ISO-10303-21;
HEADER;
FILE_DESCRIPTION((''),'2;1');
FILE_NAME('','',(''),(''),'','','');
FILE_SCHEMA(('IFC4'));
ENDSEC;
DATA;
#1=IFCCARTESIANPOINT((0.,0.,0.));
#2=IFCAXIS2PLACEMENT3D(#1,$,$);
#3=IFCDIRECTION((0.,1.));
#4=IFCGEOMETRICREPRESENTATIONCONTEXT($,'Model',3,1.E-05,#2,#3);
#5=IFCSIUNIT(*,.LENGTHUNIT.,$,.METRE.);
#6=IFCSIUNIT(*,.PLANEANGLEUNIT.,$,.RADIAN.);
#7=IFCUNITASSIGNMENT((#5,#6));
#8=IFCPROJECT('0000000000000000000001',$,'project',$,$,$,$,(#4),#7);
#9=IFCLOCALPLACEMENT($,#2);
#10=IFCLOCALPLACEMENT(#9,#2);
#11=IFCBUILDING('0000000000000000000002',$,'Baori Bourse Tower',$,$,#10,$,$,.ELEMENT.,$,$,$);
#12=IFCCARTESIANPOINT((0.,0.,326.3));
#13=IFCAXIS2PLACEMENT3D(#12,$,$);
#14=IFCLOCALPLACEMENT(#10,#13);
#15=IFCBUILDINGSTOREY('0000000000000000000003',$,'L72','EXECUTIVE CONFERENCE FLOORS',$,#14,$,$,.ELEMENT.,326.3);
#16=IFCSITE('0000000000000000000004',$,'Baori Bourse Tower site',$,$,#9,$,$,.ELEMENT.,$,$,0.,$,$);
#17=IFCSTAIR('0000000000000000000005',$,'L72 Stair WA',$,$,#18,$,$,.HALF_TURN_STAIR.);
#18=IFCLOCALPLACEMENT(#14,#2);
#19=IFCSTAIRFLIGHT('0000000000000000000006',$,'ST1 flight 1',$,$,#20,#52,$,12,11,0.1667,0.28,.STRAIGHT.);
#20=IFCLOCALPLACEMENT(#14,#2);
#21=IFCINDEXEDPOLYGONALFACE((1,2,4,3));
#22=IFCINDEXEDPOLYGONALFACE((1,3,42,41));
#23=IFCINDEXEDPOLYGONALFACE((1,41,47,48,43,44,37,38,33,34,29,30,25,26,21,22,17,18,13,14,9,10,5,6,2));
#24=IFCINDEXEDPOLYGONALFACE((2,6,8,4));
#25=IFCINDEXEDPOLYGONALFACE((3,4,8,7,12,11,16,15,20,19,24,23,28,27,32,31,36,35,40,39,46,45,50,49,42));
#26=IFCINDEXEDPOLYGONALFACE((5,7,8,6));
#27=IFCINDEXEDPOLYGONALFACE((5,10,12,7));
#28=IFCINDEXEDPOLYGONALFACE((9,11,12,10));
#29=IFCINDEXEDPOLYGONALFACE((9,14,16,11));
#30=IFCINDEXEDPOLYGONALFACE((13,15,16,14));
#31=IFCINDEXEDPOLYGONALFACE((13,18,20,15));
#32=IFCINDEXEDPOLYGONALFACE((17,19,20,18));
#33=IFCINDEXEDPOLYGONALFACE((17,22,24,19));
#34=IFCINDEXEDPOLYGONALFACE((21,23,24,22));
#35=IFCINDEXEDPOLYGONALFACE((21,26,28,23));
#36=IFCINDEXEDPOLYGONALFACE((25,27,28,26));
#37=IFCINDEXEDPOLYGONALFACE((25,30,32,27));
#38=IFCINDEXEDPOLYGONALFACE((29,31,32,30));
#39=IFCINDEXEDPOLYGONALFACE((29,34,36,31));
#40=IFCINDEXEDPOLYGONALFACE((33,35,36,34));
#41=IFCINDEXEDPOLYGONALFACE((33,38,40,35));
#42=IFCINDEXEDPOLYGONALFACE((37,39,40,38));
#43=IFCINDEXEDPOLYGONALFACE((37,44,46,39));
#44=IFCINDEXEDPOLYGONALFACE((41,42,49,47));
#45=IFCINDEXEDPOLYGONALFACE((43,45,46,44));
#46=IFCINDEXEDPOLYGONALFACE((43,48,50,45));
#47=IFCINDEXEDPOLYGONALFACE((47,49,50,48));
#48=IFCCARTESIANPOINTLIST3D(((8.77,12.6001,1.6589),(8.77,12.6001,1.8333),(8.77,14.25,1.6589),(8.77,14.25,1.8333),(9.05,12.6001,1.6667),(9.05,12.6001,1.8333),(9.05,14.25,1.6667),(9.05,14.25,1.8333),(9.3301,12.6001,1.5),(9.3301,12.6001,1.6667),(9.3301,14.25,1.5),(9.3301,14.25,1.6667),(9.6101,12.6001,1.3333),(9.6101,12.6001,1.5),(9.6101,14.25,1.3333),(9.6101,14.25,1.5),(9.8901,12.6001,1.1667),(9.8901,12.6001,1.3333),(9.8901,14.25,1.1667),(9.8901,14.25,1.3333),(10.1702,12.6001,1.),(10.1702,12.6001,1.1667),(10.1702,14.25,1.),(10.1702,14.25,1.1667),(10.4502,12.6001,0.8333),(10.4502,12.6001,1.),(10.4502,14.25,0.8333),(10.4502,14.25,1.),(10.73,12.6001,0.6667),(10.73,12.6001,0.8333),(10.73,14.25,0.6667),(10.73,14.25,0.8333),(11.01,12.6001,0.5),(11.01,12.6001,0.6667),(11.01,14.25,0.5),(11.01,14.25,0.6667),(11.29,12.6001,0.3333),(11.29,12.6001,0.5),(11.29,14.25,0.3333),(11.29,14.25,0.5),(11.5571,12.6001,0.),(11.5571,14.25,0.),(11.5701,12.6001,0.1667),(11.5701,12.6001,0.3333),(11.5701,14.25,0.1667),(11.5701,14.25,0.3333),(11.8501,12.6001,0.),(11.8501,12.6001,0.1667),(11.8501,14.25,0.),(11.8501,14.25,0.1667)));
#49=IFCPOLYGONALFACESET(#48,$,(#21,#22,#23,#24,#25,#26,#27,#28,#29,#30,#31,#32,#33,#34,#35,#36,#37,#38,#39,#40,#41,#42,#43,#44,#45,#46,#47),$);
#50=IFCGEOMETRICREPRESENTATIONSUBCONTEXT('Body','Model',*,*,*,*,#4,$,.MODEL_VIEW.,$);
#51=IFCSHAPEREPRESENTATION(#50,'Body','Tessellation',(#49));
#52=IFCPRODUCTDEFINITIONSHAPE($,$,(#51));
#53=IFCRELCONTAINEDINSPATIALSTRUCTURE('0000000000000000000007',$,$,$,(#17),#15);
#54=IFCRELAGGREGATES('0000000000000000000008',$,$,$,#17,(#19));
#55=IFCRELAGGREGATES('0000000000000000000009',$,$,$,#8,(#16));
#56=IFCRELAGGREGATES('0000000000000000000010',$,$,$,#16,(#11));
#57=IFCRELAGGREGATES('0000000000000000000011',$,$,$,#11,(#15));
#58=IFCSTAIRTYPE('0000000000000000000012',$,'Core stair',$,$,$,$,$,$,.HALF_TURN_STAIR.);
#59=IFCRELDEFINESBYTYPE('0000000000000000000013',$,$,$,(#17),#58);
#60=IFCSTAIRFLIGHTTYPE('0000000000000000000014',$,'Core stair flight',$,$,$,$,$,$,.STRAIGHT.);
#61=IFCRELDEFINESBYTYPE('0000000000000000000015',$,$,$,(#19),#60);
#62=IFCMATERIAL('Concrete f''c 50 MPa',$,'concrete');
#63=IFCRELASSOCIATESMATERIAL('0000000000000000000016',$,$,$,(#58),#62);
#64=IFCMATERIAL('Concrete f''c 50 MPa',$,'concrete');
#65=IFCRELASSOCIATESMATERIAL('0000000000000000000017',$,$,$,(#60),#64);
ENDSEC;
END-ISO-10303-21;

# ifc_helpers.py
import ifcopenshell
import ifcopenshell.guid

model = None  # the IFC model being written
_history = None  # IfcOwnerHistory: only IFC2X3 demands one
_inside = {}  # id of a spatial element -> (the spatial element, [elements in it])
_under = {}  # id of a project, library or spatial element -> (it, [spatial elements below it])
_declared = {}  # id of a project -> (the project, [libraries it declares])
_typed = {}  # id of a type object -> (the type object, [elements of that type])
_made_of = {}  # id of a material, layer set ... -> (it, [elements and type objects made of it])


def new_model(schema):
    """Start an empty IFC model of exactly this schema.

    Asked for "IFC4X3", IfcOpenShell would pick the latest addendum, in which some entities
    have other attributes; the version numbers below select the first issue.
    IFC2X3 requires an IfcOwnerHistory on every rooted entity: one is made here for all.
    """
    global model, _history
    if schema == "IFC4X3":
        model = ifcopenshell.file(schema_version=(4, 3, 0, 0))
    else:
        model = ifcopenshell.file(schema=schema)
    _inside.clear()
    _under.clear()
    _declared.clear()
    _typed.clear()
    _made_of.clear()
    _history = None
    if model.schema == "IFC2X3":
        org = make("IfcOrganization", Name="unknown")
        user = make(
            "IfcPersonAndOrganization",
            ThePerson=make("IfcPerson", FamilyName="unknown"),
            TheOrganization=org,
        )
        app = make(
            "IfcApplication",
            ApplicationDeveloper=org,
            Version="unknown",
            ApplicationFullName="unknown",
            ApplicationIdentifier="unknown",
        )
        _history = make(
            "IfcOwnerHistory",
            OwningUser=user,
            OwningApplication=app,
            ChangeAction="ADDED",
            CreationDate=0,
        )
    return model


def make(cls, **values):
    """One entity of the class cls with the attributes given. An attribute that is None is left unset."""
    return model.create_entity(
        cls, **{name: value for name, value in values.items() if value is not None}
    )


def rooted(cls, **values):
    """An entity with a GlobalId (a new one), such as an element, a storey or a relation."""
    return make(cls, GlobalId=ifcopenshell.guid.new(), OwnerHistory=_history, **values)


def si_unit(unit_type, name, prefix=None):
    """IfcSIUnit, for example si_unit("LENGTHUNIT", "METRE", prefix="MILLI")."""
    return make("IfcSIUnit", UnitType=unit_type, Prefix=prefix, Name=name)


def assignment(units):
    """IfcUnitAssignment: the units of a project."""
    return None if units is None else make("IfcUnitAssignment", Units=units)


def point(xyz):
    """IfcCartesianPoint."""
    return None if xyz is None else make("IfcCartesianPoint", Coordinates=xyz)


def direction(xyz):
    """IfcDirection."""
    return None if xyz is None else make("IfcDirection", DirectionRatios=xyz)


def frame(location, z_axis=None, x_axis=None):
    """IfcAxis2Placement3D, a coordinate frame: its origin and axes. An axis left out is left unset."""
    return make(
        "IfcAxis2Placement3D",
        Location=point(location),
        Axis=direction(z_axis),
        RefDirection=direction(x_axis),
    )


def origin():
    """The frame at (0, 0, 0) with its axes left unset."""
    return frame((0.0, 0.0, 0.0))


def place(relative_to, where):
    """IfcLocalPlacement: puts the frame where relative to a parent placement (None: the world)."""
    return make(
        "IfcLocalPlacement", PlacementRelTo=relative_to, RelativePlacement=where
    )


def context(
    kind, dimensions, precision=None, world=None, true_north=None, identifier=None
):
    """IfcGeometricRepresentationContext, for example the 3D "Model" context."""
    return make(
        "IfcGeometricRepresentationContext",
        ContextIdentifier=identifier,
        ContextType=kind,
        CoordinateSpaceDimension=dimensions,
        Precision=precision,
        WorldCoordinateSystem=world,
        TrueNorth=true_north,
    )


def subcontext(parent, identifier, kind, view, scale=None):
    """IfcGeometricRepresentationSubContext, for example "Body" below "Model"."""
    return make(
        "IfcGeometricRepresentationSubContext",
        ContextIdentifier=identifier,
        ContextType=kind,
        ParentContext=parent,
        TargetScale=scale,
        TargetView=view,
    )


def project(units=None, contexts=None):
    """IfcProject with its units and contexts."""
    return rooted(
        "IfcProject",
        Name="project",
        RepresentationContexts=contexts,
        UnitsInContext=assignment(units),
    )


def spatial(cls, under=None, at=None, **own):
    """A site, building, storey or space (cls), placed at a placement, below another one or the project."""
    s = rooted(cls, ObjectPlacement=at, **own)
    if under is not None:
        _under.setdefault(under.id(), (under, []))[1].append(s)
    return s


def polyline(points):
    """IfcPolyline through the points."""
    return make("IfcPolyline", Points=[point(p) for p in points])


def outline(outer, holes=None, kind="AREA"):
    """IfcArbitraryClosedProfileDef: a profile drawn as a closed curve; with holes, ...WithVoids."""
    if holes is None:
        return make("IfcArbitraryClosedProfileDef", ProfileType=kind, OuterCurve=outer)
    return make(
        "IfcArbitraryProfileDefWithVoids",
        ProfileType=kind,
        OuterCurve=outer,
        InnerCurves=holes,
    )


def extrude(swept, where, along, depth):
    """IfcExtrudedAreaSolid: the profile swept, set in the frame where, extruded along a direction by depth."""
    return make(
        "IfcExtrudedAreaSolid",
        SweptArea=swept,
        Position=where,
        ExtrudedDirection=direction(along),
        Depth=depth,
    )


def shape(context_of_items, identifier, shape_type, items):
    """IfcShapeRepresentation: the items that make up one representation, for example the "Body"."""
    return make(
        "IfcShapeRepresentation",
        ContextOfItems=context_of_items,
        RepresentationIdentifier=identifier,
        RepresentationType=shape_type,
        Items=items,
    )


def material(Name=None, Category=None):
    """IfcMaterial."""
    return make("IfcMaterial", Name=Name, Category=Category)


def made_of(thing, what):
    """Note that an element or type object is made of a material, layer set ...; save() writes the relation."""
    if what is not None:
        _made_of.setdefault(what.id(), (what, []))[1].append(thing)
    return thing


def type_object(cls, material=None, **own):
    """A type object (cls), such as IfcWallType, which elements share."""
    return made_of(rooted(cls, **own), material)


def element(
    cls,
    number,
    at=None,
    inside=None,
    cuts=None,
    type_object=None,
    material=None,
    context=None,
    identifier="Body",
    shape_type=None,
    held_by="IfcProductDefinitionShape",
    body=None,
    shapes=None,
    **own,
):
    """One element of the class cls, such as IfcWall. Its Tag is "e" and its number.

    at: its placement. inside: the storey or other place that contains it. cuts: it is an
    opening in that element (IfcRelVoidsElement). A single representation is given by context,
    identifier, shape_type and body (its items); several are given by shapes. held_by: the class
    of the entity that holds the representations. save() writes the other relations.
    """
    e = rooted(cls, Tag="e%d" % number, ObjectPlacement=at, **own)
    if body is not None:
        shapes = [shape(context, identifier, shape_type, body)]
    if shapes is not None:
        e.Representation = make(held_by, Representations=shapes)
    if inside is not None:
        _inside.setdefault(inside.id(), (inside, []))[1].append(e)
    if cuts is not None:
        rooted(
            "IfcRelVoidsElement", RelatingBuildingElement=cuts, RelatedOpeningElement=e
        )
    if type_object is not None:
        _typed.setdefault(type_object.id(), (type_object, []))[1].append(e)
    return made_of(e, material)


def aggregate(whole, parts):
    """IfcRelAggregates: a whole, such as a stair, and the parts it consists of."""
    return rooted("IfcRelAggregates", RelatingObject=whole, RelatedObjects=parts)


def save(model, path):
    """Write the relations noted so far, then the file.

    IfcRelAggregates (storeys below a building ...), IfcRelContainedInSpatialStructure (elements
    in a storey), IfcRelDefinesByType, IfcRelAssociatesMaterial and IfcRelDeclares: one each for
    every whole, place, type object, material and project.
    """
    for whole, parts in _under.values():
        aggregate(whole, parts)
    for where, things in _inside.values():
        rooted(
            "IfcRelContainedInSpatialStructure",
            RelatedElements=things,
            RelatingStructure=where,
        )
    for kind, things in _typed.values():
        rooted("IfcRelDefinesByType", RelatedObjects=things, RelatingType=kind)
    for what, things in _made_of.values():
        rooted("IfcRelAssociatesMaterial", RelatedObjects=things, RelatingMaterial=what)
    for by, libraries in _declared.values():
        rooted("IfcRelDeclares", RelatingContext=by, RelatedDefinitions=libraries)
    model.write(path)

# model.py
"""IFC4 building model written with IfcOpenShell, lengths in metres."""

from ifc_helpers import new_model, si_unit, direction, frame, origin, place, context, subcontext, project, spatial, polyline, outline, extrude, material, type_object, element, aggregate, save


model = new_model("IFC4")

# Units and contexts
model_context = context("Model", 3, precision=1e-05, world=origin(), true_north=direction((0.0, 1.0)))
body_context = subcontext(model_context, "Body", "Model", "MODEL_VIEW")
ifc_project = project(units=[si_unit("LENGTHUNIT", "METRE"), si_unit("PLANEANGLEUNIT", "RADIAN")], contexts=[model_context])

# Site, building, storey
site_placement = place(None, origin())
site = spatial("IfcSite", under=ifc_project, at=site_placement, Name="Baori Bourse Tower site", CompositionType="ELEMENT", RefElevation=0.0)
building_placement = place(site_placement, origin())
building = spatial("IfcBuilding", under=site, at=building_placement, Name="Baori Bourse Tower", CompositionType="ELEMENT")
storey_placement = place(building_placement, frame((0.0, 0.0, 326.3)))
storey = spatial("IfcBuildingStorey", under=building, at=storey_placement, Name="L72", Description="EXECUTIVE CONFERENCE FLOORS", CompositionType="ELEMENT", Elevation=326.3)

# Stair, stair flight
ifc_material_1 = material(Name="Concrete f'c 50 MPa", Category="concrete")
stair_type = type_object("IfcStairType", Name="Core stair", PredefinedType="HALF_TURN_STAIR", material=ifc_material_1)
stair_placement = place(storey_placement, origin())
stair = element("IfcStair", 1, at=stair_placement, inside=storey, type_object=stair_type, Name="L72 Stair WA", PredefinedType="HALF_TURN_STAIR")
ifc_material_2 = material(Name="Concrete f'c 50 MPa", Category="concrete")
stair_flight_type = type_object("IfcStairFlightType", Name="Core stair flight", PredefinedType="STRAIGHT", material=ifc_material_2)
stair_flight_placement = place(storey_placement, frame((11.8501, 13.425, 0.0), z_axis=(0.0, 0.0, 1.0), x_axis=(-1.0, 0.0, 0.0)))
stair_flight = element("IfcStairFlight", 2, at=stair_flight_placement, type_object=stair_flight_type, Name="ST1 flight 1", NumberOfRisers=12, NumberOfTreads=11, PredefinedType="STRAIGHT", RiserHeight=0.1667, TreadLength=0.28, context=body_context, shape_type="SweptSolid", body=[
    extrude(outline(polyline([(0.0, 0.0), (0.0, 0.1667), (0.28, 0.1667), (0.28, 0.3333), (0.5601, 0.3333), (0.5601, 0.5), (0.8401, 0.5), (0.8401, 0.6667), (1.1201, 0.6667), (1.1201, 0.8333), (1.3999, 0.8333), (1.3999, 1.0), (1.6799, 1.0), (1.6799, 1.1667), (1.96, 1.1667), (1.96, 1.3333), (2.24, 1.3333), (2.24, 1.5), (2.52, 1.5), (2.52, 1.6667), (2.8, 1.6667), (2.8, 1.8333), (3.0801, 1.8333), (3.0801, 2.0), (3.0801, 1.6589), (0.293, 0.0), (0.0, 0.0)])), frame((0.0, 0.825, 0.0), z_axis=(0.0, -1.0, 0.0), x_axis=(1.0, 0.0, 0.0)), (0.0, 0.0, 1.0), 1.6499),
])
aggregate(stair, [stair_flight])

save(model, "model.ifc")
